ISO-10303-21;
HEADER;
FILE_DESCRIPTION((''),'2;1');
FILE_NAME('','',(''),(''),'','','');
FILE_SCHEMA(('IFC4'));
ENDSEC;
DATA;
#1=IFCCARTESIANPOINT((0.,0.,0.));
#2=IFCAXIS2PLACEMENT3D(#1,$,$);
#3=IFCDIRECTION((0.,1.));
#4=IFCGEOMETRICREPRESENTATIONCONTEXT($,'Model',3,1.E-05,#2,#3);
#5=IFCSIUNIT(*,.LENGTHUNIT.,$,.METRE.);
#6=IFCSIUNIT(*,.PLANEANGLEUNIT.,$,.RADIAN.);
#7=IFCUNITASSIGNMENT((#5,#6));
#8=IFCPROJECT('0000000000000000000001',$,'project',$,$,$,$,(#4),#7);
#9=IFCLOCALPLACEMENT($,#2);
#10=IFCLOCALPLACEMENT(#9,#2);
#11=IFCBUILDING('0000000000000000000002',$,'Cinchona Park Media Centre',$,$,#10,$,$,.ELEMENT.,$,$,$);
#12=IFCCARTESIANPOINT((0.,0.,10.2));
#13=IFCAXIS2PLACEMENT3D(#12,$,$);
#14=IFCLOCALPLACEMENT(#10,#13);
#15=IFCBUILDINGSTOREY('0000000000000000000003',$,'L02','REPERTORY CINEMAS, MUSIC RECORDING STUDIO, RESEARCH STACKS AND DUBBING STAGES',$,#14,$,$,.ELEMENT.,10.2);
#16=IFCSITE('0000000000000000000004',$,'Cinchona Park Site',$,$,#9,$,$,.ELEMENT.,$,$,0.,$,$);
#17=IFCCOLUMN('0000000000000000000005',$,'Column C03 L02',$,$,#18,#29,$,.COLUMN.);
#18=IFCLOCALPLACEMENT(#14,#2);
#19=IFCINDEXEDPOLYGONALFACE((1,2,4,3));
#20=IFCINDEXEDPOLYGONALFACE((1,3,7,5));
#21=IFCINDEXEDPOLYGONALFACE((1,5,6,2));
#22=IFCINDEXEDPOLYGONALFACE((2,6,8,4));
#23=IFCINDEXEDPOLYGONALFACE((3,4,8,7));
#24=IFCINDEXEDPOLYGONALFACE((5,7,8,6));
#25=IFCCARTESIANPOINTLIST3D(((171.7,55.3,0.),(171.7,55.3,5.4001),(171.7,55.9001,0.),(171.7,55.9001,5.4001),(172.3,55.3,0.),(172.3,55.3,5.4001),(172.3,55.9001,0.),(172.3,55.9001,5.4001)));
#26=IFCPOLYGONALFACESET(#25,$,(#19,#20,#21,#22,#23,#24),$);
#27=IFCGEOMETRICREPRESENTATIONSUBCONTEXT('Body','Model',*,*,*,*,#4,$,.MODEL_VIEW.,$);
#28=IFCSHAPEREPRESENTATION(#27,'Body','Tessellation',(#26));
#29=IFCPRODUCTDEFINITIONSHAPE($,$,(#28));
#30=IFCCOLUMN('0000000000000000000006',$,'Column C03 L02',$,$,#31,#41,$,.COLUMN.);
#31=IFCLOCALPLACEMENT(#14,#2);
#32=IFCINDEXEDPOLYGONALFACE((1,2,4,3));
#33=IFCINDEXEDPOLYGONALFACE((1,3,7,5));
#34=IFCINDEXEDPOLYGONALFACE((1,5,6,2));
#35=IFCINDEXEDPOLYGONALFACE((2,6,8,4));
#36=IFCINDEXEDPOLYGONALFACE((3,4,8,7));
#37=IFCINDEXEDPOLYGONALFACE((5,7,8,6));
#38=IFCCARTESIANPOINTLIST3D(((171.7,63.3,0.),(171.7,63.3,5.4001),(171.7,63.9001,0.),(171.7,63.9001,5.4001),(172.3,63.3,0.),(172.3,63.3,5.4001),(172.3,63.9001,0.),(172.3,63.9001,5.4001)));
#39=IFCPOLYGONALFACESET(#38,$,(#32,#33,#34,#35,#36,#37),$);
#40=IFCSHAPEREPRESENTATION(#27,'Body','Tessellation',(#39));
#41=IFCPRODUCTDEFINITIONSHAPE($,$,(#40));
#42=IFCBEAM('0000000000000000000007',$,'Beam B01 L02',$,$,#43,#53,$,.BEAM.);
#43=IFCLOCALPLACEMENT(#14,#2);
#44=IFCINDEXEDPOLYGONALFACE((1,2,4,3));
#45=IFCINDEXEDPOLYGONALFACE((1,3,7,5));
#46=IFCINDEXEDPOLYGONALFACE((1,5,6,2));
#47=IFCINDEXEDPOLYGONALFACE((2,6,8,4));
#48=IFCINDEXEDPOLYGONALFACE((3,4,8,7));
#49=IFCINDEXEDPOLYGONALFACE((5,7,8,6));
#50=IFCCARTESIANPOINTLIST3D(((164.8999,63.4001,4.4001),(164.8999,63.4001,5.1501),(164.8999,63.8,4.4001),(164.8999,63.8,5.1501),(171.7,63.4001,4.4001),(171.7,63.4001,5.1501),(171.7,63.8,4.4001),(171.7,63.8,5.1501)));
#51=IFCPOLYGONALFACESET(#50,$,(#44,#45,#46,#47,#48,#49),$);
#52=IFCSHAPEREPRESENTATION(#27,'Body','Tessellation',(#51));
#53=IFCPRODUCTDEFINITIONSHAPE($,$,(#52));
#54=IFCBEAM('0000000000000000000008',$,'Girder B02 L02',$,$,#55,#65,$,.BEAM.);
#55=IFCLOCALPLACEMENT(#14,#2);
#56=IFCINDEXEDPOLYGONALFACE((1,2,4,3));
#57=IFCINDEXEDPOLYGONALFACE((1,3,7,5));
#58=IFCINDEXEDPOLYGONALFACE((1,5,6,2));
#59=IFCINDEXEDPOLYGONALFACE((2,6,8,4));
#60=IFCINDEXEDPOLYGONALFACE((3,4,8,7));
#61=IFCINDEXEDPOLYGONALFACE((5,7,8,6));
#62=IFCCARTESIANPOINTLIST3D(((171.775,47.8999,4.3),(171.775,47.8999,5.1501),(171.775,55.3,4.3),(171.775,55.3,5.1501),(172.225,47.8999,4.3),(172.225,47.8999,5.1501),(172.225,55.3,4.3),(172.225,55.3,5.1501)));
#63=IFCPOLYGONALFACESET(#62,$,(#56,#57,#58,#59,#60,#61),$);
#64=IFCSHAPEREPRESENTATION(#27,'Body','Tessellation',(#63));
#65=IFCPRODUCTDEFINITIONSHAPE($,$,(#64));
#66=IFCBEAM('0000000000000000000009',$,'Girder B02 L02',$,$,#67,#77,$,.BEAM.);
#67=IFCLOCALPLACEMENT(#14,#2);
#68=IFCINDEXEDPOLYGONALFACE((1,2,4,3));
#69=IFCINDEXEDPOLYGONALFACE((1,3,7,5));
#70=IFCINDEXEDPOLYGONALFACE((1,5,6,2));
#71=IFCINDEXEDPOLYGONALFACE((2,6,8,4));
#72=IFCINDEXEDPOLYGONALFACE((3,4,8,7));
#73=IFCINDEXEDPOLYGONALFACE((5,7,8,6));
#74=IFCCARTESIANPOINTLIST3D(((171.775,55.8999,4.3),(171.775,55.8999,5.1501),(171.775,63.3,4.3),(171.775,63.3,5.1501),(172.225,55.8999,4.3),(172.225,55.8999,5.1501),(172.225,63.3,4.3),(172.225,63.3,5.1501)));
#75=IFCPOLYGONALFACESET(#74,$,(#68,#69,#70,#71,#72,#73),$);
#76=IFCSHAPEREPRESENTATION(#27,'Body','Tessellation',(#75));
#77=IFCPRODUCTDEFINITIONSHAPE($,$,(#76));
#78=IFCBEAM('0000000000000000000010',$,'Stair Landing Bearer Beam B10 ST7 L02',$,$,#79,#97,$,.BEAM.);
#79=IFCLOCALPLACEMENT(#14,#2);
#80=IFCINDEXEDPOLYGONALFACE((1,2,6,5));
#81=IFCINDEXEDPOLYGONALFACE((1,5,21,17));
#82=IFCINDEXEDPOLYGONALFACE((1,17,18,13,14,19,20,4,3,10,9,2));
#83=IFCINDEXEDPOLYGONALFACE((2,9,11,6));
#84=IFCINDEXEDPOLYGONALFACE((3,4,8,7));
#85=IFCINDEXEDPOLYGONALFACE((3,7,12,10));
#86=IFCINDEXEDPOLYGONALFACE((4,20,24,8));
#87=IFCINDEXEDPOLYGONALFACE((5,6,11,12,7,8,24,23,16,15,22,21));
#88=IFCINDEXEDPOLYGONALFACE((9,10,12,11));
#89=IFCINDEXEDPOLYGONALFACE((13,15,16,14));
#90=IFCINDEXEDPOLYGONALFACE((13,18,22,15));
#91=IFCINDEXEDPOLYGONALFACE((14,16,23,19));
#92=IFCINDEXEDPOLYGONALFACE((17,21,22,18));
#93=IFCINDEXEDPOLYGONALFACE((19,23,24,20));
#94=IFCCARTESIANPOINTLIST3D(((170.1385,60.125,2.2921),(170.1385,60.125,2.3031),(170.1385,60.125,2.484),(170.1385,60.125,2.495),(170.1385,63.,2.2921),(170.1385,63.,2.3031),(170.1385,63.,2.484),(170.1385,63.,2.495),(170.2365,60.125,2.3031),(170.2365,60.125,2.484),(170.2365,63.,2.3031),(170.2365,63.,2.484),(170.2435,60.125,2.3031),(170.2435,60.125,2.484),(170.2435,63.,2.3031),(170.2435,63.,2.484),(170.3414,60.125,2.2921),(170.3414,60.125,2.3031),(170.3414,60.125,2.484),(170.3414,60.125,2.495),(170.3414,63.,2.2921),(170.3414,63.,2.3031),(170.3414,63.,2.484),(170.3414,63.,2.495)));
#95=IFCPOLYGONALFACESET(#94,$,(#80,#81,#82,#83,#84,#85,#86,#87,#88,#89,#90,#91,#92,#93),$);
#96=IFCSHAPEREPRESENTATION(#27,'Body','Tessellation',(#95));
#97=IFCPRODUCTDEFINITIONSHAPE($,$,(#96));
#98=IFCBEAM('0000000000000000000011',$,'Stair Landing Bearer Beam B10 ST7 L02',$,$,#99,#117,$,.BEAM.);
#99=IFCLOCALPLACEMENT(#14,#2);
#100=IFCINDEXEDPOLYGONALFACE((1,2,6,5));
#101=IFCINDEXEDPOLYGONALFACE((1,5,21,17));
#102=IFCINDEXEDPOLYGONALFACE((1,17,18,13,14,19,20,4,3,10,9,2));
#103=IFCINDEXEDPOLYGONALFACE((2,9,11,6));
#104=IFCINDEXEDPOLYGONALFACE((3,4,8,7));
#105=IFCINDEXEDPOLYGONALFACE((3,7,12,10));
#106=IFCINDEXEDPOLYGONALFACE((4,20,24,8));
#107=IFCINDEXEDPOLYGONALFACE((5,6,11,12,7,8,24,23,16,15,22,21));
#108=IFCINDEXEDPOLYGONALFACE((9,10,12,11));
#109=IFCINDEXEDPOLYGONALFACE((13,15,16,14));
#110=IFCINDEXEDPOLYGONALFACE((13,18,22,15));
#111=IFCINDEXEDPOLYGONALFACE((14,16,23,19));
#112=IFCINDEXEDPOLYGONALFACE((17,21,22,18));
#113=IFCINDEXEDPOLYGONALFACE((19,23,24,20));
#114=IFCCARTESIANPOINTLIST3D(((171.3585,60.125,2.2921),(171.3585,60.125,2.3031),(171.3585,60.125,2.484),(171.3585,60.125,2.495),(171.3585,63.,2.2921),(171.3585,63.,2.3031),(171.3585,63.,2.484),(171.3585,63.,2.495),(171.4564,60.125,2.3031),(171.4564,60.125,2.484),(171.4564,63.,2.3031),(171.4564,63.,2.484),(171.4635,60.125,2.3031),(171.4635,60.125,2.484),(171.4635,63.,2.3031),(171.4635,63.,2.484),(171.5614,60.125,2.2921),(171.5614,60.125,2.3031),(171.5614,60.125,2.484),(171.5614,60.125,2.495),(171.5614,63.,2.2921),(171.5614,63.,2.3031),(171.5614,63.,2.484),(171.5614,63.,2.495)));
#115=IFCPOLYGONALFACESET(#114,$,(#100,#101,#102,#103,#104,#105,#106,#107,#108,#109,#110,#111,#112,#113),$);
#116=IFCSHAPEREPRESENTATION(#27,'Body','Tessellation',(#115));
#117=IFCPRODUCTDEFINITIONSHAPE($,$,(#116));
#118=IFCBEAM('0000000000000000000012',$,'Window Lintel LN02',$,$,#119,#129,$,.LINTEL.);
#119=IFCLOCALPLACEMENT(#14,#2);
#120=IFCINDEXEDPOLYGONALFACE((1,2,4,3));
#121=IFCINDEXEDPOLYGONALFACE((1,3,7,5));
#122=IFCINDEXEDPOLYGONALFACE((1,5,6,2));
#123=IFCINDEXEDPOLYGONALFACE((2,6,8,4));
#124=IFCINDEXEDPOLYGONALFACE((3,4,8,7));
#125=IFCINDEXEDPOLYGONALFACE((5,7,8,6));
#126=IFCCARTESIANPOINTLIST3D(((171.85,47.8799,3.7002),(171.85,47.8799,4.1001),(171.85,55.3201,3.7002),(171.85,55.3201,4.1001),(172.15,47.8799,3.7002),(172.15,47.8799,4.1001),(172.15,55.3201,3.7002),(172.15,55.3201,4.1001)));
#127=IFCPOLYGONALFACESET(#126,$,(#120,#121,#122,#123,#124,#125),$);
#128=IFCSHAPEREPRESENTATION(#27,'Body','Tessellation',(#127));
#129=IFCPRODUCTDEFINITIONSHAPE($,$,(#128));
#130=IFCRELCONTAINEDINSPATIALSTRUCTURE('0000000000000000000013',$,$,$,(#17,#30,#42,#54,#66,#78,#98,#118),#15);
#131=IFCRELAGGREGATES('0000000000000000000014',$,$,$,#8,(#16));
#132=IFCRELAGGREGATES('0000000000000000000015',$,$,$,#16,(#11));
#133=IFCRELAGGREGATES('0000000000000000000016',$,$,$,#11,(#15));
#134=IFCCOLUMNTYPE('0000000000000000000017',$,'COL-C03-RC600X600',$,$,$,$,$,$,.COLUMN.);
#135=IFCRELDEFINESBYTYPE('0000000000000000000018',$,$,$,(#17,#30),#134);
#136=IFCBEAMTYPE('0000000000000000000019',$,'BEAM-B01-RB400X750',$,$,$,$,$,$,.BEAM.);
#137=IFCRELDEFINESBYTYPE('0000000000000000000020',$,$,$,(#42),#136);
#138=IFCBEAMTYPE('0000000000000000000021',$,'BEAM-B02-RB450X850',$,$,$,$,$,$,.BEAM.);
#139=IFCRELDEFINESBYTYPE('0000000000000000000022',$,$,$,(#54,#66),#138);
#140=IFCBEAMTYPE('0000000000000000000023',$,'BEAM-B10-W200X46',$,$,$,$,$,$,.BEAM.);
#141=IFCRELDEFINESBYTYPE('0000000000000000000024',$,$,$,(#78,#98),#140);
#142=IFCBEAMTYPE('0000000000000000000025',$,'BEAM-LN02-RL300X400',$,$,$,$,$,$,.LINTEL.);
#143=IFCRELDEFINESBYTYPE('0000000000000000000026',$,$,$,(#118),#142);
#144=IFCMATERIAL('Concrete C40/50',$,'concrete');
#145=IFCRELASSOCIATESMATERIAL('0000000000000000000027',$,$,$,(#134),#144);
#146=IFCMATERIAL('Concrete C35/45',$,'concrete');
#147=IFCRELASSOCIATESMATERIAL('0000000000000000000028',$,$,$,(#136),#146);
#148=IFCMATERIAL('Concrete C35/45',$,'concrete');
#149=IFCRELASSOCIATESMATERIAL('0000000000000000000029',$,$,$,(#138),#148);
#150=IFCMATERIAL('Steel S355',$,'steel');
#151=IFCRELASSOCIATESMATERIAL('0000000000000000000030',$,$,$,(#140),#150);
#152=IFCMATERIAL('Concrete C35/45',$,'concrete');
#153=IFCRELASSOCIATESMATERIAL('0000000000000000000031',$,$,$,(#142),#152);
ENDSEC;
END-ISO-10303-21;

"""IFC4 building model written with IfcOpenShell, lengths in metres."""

from ifc_helpers import new_model, si_unit, direction, frame, origin, origin_2d, place, context, subcontext, project, spatial, rectangle, i_section, extrude, material, material_profile, profile_set, type_object, element, save


model = new_model("IFC4")

# Units and contexts
model_context = context("Model", 3, precision=1e-05, world=origin(), true_north=direction((0.0, 1.0)))
body_context = subcontext(model_context, "Body", "Model", "MODEL_VIEW")
ifc_project = project(units=[si_unit("LENGTHUNIT", "METRE"), si_unit("PLANEANGLEUNIT", "RADIAN")], contexts=[model_context])

# Site, building, storey
site_placement = place(None, origin())
site = spatial("IfcSite", under=ifc_project, at=site_placement, Name="Cinchona Park Site", CompositionType="ELEMENT", RefElevation=0.0)
building_placement = place(site_placement, origin())
building = spatial("IfcBuilding", under=site, at=building_placement, Name="Cinchona Park Media Centre", CompositionType="ELEMENT")
storey_placement = place(building_placement, frame((0.0, 0.0, 10.2)))
storey = spatial("IfcBuildingStorey", under=building, at=storey_placement, Name="L02", Description="REPERTORY CINEMAS, MUSIC RECORDING STUDIO, RESEARCH STACKS AND DUBBING STAGES", CompositionType="ELEMENT", Elevation=10.2)

# Columns
ifc_material_1 = material(Name="Concrete C40/50", Category="concrete")
ifc_material_profile_1 = material_profile(ifc_material_1, rectangle(XDim=0.6001, YDim=0.6001, at=origin_2d()), Name="RC 600X600")
ifc_profile_set_1 = profile_set([ifc_material_profile_1], Name="Concrete C40/50")
column_type = type_object("IfcColumnType", Name="COL-C03-RC600X600", PredefinedType="COLUMN", material=ifc_profile_set_1)
for number, where, z_axis, x_axis, name in (
    (1, (172.0, 55.6001, 0.0), (0.0, 0.0, 1.0), (1.0, 0.0, 0.0), "Column C03 L02"),
    (2, (172.0, 63.6001, 0.0), (0.0, 0.0, 1.0), (1.0, 0.0, 0.0), "Column C03 L02"),
):
    element("IfcColumn", number, at=place(storey_placement, frame(where, z_axis=z_axis, x_axis=x_axis)), inside=storey, type_object=column_type, Name=name, PredefinedType="COLUMN", context=body_context, shape_type="SweptSolid", body=[
        extrude(rectangle(XDim=0.6001, YDim=0.6001, at=origin_2d()), origin(), (0.0, 0.0, 1.0), 5.4001),
    ])

# Beams
ifc_material_2 = material(Name="Concrete C35/45", Category="concrete")
ifc_material_profile_2 = material_profile(ifc_material_2, rectangle(XDim=0.3999, YDim=0.75, at=origin_2d()), Name="RB 400X750")
ifc_profile_set_2 = profile_set([ifc_material_profile_2], Name="Concrete C35/45")
beam_type_1 = type_object("IfcBeamType", Name="BEAM-B01-RB400X750", PredefinedType="BEAM", material=ifc_profile_set_2)
beam_1_placement = place(storey_placement, frame((164.8999, 63.6001, 4.7751), z_axis=(1.0, 0.0, 0.0), x_axis=(0.0, 1.0, 0.0)))
element("IfcBeam", 3, at=beam_1_placement, inside=storey, type_object=beam_type_1, Name="Beam B01 L02", PredefinedType="BEAM", context=body_context, shape_type="SweptSolid", body=[
    extrude(rectangle(XDim=0.3999, YDim=0.75, at=origin_2d()), origin(), (0.0, 0.0, 1.0), 6.8),
])
ifc_material_3 = material(Name="Concrete C35/45", Category="concrete")
ifc_material_profile_3 = material_profile(ifc_material_3, rectangle(XDim=0.45, YDim=0.8501, at=origin_2d()), Name="RB 450X850")
ifc_profile_set_3 = profile_set([ifc_material_profile_3], Name="Concrete C35/45")
beam_type_2 = type_object("IfcBeamType", Name="BEAM-B02-RB450X850", PredefinedType="BEAM", material=ifc_profile_set_3)
for number, where, z_axis, x_axis, name in (
    (4, (172.0, 47.8999, 4.7251), (0.0, 1.0, 0.0), (-1.0, 0.0, 0.0), "Girder B02 L02"),
    (5, (172.0, 55.8999, 4.7251), (0.0, 1.0, 0.0), (-1.0, 0.0, 0.0), "Girder B02 L02"),
):
    element("IfcBeam", number, at=place(storey_placement, frame(where, z_axis=z_axis, x_axis=x_axis)), inside=storey, type_object=beam_type_2, Name=name, PredefinedType="BEAM", context=body_context, shape_type="SweptSolid", body=[
        extrude(rectangle(XDim=0.45, YDim=0.8501, at=origin_2d()), origin(), (0.0, 0.0, 1.0), 7.4001),
    ])
ifc_material_4 = material(Name="Steel S355", Category="steel")
ifc_material_profile_4 = material_profile(ifc_material_4, i_section(OverallWidth=0.2029, OverallDepth=0.2029, WebThickness=0.0071, FlangeThickness=0.011, at=origin_2d()), Name="W200X46")
ifc_profile_set_4 = profile_set([ifc_material_profile_4], Name="Steel S355")
beam_type_3 = type_object("IfcBeamType", Name="BEAM-B10-W200X46", PredefinedType="BEAM", material=ifc_profile_set_4)
for number, where, z_axis, x_axis, name in (
    (6, (170.24, 60.125, 2.3936), (0.0, 1.0, 0.0), (-1.0, 0.0, 0.0), "Stair Landing Bearer Beam B10 ST7 L02"),
    (7, (171.46, 60.125, 2.3936), (0.0, 1.0, 0.0), (-1.0, 0.0, 0.0), "Stair Landing Bearer Beam B10 ST7 L02"),
):
    element("IfcBeam", number, at=place(storey_placement, frame(where, z_axis=z_axis, x_axis=x_axis)), inside=storey, type_object=beam_type_3, Name=name, PredefinedType="BEAM", context=body_context, shape_type="SweptSolid", body=[
        extrude(i_section(OverallWidth=0.2029, OverallDepth=0.2029, WebThickness=0.0071, FlangeThickness=0.011, at=origin_2d()), origin(), (0.0, 0.0, 1.0), 2.875),
    ])
ifc_material_5 = material(Name="Concrete C35/45", Category="concrete")
ifc_material_profile_5 = material_profile(ifc_material_5, rectangle(XDim=0.3, YDim=0.3999, at=origin_2d()), Name="RL 300X400")
ifc_profile_set_5 = profile_set([ifc_material_profile_5], Name="Concrete C35/45")
beam_type_4 = type_object("IfcBeamType", Name="BEAM-LN02-RL300X400", PredefinedType="LINTEL", material=ifc_profile_set_5)
beam_2_placement = place(storey_placement, frame((172.0, 55.3201, 3.9001), z_axis=(0.0, -1.0, 0.0), x_axis=(1.0, 0.0, 0.0)))
element("IfcBeam", 8, at=beam_2_placement, inside=storey, type_object=beam_type_4, Name="Window Lintel LN02", PredefinedType="LINTEL", context=body_context, shape_type="SweptSolid", body=[
    extrude(rectangle(XDim=0.3, YDim=0.3999, at=origin_2d()), origin(), (0.0, 0.0, 1.0), 7.4402),
])

save(model, "model.ifc")
